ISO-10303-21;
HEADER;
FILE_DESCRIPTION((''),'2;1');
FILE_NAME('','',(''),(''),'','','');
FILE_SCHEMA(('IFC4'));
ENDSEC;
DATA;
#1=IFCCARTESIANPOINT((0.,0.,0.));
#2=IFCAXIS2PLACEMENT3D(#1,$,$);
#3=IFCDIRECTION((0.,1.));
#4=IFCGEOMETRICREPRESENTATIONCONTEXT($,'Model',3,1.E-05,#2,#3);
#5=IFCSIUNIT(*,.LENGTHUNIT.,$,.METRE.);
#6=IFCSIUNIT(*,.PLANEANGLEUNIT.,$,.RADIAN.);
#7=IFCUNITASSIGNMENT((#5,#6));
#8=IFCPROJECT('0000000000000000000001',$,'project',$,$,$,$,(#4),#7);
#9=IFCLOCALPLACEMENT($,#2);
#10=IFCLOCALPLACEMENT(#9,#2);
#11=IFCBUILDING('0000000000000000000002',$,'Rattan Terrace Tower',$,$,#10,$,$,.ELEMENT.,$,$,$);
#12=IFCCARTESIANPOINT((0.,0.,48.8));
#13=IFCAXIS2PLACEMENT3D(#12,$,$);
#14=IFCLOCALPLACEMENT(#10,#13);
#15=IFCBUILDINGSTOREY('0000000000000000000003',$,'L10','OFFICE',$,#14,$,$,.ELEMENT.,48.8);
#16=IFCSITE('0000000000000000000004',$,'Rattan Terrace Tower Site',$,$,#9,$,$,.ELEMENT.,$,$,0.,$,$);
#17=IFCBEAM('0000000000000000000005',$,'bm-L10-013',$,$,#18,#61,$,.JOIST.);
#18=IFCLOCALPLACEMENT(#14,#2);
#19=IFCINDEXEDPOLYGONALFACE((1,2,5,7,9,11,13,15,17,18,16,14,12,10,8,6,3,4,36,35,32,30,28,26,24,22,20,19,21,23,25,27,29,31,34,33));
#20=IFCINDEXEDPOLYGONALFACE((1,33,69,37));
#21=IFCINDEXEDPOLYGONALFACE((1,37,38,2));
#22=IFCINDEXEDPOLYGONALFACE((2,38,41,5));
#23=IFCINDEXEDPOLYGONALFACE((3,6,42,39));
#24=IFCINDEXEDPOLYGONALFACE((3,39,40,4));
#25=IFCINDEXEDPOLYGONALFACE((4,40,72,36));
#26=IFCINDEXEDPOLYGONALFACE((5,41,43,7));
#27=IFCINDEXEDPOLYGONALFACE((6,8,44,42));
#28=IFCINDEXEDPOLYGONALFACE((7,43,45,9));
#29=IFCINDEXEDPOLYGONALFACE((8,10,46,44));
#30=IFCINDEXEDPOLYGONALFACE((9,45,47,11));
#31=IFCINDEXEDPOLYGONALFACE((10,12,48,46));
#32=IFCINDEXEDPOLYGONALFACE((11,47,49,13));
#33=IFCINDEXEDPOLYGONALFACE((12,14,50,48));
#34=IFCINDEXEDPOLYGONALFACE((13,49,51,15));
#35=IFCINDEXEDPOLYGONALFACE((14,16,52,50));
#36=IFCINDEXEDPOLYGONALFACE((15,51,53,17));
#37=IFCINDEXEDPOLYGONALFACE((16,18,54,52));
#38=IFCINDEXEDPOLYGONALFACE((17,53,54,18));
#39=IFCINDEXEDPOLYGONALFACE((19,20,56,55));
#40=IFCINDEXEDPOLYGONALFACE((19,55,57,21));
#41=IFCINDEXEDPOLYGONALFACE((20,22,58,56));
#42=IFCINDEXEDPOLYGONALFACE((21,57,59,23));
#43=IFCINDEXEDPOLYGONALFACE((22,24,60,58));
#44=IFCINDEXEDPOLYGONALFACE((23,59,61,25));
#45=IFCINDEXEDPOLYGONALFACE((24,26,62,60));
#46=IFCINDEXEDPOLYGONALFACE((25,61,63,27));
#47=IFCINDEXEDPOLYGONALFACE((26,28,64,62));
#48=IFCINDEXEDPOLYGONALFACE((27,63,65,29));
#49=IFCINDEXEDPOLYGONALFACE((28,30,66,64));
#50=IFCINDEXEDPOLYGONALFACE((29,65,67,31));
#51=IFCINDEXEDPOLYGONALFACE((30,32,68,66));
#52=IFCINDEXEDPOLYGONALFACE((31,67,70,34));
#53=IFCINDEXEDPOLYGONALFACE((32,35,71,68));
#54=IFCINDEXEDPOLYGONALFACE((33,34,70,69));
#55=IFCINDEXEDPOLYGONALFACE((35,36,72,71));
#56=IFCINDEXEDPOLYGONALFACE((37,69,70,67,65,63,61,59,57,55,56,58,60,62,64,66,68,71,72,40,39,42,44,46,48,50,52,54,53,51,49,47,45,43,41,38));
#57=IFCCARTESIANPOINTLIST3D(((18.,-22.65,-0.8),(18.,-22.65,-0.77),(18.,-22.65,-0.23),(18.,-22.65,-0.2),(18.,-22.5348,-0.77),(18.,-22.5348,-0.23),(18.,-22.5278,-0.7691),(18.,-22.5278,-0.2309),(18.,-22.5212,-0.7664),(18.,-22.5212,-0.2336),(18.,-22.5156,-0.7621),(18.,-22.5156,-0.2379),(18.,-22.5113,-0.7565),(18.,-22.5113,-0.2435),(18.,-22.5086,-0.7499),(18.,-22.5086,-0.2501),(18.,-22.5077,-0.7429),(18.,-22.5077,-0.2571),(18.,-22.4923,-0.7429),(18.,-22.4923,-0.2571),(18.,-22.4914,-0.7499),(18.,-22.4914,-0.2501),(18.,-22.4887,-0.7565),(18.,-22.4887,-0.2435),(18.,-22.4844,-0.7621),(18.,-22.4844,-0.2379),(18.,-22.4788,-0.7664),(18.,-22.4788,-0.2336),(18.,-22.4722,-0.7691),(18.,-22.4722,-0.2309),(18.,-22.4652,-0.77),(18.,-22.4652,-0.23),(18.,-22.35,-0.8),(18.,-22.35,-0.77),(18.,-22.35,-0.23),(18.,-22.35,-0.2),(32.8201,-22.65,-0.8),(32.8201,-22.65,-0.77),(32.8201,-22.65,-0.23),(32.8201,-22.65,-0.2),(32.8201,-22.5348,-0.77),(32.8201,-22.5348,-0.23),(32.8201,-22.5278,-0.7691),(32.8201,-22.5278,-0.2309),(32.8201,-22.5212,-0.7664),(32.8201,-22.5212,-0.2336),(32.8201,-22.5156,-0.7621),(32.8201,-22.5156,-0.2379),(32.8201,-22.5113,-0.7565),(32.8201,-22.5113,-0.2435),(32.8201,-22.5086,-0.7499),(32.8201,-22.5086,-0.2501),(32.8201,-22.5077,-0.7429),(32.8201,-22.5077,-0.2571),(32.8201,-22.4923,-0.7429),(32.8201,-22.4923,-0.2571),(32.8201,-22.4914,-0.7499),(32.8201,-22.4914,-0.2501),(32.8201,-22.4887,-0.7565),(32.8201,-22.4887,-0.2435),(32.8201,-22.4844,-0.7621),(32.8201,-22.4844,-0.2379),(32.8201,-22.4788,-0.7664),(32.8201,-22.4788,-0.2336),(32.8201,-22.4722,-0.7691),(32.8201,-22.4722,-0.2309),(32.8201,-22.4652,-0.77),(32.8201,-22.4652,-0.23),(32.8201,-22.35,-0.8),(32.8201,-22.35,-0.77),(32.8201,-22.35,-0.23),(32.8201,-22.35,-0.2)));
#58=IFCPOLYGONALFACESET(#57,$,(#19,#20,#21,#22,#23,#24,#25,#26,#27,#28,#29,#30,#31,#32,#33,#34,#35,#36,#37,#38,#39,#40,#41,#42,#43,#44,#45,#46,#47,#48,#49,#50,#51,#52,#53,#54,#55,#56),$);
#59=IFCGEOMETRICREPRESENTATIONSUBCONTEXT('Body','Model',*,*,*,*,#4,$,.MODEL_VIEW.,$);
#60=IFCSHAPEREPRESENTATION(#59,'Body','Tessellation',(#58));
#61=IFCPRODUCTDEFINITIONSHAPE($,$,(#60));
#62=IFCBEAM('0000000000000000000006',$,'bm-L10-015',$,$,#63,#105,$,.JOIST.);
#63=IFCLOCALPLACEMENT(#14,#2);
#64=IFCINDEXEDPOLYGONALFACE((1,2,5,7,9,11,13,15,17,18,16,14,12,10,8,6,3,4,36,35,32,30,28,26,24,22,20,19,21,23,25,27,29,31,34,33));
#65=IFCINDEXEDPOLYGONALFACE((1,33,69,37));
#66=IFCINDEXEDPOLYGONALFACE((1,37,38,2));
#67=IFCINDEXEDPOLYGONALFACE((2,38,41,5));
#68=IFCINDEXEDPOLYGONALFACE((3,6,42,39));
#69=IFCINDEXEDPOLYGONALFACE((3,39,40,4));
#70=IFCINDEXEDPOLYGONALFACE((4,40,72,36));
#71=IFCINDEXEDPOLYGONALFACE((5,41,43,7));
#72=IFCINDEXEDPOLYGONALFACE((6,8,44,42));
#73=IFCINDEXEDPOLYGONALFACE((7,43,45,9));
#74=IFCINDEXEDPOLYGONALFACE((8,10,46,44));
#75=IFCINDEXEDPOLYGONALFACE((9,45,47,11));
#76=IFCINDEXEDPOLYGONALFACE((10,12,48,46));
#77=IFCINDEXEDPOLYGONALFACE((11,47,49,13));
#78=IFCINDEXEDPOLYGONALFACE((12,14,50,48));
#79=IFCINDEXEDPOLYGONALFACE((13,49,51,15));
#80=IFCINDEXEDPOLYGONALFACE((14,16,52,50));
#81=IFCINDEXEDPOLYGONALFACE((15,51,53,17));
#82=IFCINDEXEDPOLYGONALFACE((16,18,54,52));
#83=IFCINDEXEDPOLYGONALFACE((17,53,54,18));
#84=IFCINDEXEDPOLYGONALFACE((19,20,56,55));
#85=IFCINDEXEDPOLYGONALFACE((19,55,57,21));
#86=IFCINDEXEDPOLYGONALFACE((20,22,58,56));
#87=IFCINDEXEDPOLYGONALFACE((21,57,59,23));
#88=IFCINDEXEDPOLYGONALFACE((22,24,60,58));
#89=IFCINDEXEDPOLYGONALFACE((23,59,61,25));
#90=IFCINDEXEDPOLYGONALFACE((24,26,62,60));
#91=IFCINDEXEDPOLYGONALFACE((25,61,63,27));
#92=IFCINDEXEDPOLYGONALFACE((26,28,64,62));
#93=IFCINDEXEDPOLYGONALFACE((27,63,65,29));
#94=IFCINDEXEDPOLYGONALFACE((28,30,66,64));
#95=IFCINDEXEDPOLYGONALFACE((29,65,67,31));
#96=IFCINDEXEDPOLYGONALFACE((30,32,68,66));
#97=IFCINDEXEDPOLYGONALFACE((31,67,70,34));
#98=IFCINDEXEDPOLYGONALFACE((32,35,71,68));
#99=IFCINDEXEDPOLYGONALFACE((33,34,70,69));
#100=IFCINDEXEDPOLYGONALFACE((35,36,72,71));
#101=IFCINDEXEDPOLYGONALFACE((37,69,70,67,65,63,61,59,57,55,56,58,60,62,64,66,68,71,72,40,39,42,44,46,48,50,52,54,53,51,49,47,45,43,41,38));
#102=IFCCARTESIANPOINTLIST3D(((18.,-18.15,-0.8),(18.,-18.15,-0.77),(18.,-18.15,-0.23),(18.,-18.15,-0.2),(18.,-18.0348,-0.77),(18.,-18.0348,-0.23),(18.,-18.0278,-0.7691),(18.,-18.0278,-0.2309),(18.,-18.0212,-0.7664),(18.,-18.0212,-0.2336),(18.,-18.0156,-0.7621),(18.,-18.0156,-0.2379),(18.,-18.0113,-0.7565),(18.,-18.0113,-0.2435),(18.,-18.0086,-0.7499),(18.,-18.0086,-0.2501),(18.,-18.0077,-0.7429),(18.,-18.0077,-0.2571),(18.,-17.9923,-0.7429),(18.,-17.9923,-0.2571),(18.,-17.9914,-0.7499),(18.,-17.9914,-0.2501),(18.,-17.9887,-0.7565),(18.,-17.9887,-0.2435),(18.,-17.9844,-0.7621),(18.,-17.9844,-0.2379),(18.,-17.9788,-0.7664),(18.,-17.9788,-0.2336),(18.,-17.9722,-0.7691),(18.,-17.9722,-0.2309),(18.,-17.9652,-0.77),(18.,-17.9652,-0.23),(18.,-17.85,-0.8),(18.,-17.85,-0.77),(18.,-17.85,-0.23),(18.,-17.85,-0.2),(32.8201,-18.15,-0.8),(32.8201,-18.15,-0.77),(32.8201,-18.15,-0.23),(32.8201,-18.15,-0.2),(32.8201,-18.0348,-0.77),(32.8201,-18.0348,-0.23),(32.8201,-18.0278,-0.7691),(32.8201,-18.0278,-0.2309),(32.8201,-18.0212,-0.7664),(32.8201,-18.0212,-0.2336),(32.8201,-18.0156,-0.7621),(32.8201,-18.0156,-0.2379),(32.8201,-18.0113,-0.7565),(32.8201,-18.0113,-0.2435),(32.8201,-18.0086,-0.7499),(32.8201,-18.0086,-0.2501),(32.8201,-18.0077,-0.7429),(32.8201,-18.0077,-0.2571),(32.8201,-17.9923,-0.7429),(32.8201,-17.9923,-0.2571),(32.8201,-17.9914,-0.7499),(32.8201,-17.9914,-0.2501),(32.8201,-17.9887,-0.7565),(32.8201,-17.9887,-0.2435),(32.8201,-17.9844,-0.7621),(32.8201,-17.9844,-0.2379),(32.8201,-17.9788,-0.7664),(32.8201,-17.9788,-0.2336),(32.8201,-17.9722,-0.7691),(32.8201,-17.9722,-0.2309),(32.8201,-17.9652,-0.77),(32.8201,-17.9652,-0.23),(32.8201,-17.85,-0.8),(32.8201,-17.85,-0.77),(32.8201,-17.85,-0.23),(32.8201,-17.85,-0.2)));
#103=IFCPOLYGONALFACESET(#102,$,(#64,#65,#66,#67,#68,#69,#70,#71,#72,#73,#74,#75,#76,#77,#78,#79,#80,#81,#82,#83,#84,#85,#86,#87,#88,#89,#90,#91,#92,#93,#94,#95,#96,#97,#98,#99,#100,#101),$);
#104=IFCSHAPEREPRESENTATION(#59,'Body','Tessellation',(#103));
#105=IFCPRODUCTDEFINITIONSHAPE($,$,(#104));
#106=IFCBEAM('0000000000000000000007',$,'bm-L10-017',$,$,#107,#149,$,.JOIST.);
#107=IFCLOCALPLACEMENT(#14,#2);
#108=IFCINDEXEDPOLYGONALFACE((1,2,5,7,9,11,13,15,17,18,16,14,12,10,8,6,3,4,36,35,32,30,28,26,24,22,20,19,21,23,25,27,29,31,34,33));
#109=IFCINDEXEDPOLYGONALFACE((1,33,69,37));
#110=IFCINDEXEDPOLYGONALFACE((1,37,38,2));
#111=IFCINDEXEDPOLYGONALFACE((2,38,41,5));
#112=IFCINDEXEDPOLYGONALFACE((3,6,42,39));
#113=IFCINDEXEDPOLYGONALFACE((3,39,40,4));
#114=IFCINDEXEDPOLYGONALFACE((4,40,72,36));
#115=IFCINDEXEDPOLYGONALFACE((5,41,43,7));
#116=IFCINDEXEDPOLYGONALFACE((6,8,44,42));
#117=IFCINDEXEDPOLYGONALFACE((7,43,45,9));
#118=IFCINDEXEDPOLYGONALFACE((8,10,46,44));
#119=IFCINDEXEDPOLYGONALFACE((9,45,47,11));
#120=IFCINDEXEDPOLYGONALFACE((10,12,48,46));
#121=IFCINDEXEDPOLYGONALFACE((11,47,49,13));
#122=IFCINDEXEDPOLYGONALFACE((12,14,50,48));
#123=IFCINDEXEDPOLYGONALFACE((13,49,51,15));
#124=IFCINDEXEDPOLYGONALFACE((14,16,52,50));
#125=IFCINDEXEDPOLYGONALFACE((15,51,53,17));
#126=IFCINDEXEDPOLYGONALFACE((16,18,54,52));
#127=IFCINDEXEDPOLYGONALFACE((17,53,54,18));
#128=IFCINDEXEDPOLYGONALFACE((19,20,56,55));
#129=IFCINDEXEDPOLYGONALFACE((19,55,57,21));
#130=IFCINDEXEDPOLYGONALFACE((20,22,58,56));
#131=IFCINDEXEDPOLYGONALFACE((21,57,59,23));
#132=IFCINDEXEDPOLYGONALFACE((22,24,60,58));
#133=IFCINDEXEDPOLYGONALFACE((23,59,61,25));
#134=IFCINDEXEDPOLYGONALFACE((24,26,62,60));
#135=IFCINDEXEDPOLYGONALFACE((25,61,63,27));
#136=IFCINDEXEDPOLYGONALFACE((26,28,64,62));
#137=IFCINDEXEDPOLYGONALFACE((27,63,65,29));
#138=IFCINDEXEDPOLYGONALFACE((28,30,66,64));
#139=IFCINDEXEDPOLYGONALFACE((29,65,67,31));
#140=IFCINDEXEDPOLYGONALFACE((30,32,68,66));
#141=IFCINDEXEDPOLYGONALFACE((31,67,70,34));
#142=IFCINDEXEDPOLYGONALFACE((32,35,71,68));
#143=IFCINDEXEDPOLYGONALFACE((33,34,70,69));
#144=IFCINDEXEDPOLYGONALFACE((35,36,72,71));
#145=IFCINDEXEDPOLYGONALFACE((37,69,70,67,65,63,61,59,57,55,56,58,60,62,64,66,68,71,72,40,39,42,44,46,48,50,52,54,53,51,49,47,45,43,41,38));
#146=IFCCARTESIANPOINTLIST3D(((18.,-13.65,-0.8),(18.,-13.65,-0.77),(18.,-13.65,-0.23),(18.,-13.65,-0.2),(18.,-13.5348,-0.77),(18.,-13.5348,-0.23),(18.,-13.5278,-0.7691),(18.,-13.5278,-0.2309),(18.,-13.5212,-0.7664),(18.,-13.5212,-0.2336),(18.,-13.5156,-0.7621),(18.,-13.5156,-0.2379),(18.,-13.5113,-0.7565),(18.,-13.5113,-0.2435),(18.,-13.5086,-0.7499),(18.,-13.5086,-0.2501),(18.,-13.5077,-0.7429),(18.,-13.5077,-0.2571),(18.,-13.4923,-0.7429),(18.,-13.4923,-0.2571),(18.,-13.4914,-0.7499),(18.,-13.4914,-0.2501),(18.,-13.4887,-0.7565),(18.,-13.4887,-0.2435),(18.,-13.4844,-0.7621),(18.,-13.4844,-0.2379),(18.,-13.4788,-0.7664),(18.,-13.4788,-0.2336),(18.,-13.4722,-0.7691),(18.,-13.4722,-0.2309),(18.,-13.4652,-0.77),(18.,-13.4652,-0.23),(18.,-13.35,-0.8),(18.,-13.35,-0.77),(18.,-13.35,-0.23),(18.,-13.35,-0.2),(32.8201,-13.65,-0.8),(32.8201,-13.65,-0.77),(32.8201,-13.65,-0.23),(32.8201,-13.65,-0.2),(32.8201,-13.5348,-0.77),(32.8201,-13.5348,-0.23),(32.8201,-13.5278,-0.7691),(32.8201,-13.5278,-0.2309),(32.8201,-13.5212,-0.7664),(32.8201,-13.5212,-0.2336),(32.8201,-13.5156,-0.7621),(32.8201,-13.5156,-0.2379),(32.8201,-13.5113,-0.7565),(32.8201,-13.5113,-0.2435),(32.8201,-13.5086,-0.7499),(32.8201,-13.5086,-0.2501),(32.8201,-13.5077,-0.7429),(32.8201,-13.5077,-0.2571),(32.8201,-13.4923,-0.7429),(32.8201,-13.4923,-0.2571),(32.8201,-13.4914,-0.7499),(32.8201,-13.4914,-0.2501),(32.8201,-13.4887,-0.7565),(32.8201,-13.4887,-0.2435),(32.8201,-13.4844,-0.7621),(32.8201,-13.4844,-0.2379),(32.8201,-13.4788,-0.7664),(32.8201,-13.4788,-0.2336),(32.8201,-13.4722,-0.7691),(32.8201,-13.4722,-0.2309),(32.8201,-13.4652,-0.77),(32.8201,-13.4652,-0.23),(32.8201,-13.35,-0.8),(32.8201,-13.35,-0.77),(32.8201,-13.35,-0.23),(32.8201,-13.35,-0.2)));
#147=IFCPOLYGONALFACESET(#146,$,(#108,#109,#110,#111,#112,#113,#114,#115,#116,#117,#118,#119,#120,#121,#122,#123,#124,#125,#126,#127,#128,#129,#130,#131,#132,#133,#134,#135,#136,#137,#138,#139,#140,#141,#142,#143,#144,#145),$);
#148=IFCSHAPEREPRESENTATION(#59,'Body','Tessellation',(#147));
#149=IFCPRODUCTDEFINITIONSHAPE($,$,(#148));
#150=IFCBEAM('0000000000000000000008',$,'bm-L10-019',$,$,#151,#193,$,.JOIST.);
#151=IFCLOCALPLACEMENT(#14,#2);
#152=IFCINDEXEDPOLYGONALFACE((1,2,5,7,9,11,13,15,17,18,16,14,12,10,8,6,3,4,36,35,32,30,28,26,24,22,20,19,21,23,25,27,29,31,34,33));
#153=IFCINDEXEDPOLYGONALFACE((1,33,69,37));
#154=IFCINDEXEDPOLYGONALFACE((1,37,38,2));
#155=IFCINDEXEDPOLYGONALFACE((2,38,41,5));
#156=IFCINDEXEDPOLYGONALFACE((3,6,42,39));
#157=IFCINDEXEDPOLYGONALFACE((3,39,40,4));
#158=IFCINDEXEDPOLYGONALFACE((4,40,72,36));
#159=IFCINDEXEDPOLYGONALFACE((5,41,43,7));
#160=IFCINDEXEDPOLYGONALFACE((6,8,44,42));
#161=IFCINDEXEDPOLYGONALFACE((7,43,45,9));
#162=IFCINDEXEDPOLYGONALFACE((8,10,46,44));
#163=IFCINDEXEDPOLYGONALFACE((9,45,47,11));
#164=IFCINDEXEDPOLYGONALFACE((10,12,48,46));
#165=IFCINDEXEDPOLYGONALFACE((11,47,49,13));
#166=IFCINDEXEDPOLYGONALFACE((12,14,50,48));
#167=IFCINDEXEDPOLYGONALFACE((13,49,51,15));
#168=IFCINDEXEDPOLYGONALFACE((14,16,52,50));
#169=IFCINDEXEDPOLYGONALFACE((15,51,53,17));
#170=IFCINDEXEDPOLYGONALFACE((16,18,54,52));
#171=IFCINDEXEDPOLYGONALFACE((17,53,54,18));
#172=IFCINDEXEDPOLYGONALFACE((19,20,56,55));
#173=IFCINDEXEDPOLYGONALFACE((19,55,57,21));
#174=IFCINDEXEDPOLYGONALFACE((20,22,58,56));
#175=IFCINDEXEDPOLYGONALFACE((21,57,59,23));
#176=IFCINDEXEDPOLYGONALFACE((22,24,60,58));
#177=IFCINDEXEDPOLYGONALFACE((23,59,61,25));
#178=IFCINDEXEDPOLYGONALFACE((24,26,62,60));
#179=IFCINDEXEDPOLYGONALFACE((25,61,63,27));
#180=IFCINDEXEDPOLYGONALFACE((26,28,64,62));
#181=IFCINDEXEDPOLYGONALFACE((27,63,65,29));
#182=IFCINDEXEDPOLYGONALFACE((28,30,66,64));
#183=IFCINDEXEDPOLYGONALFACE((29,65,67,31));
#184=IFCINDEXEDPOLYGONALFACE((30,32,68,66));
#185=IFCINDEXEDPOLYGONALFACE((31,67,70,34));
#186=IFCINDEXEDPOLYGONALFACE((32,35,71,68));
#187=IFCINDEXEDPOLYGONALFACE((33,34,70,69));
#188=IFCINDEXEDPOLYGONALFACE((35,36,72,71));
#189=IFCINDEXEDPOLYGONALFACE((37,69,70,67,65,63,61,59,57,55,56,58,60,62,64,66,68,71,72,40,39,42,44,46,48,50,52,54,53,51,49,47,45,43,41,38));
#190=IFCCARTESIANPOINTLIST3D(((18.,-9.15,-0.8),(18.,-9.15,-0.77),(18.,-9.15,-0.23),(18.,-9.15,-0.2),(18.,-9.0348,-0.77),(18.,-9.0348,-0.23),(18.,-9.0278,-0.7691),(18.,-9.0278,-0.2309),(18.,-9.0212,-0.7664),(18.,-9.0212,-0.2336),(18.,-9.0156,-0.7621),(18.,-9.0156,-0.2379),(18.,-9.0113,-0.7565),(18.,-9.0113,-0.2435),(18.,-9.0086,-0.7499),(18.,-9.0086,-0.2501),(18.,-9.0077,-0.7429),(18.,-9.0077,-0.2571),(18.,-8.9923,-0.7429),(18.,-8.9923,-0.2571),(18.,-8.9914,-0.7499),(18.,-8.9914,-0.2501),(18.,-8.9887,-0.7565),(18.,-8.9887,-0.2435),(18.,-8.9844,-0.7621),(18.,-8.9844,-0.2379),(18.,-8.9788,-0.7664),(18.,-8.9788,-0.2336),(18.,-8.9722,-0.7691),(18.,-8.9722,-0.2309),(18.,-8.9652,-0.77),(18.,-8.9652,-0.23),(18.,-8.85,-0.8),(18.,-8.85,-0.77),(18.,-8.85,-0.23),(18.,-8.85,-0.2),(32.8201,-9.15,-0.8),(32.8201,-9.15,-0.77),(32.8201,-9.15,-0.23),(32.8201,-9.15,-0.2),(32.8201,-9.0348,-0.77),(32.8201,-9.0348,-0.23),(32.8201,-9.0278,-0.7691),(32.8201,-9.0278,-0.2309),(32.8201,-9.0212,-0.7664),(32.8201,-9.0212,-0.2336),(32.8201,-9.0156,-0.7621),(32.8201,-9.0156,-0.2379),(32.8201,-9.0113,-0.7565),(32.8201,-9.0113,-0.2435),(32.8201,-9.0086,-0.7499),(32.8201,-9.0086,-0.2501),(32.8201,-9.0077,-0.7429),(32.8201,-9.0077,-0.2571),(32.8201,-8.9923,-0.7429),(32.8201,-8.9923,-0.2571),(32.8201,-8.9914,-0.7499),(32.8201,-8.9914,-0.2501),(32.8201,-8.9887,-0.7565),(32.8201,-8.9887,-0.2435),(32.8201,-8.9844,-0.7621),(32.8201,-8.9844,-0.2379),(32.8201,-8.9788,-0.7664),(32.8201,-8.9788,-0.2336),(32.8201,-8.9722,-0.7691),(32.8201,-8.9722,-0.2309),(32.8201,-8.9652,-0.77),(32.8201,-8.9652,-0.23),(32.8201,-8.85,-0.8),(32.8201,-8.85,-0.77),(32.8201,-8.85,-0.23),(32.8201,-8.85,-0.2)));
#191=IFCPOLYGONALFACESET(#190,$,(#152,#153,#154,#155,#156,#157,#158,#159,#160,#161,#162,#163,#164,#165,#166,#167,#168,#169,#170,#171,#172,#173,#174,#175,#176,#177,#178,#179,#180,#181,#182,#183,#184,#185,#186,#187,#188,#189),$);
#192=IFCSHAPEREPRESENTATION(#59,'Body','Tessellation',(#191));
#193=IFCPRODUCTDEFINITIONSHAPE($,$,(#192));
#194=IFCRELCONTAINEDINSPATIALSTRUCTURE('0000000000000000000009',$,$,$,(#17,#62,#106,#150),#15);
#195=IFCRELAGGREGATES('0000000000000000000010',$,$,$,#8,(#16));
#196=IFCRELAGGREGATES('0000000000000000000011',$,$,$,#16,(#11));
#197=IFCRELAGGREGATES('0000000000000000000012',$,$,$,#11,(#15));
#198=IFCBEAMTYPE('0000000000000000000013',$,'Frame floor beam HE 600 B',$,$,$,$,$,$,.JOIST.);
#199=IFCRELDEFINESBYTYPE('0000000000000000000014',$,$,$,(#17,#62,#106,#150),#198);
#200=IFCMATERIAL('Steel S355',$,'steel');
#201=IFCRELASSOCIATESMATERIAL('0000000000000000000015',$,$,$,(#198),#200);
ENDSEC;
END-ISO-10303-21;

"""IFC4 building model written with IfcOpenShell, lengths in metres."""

from ifc_helpers import new_model, si_unit, direction, frame, origin, origin_2d, place, context, subcontext, project, spatial, i_section, extrude, material, material_profile, profile_set, type_object, element, save


model = new_model("IFC4")

# Units and contexts
model_context = context("Model", 3, precision=1e-05, world=origin(), true_north=direction((0.0, 1.0)))
body_context = subcontext(model_context, "Body", "Model", "MODEL_VIEW")
ifc_project = project(units=[si_unit("LENGTHUNIT", "METRE"), si_unit("PLANEANGLEUNIT", "RADIAN")], contexts=[model_context])

# Site, building, storey
site_placement = place(None, origin())
site = spatial("IfcSite", under=ifc_project, at=site_placement, Name="Rattan Terrace Tower Site", CompositionType="ELEMENT", RefElevation=0.0)
building_placement = place(site_placement, origin())
building = spatial("IfcBuilding", under=site, at=building_placement, Name="Rattan Terrace Tower", CompositionType="ELEMENT")
storey_placement = place(building_placement, frame((0.0, 0.0, 48.8)))
storey = spatial("IfcBuildingStorey", under=building, at=storey_placement, Name="L10", Description="OFFICE", CompositionType="ELEMENT", Elevation=48.8)

# Beams
ifc_material_1 = material(Name="Steel S355", Category="steel")
ifc_material_profile = material_profile(ifc_material_1, i_section(OverallWidth=0.3, OverallDepth=0.6001, WebThickness=0.0154, FlangeThickness=0.03, FilletRadius=0.0271, at=origin_2d()), Name="HE 600 B")
ifc_profile_set = profile_set([ifc_material_profile], Name="Steel S355")
beam_type = type_object("IfcBeamType", Name="Frame floor beam HE 600 B", PredefinedType="JOIST", material=ifc_profile_set)
for number, where, z_axis, x_axis, name in (
    (1, (18.0, -22.5, -0.5), (1.0, 0.0, 0.0), (0.0, 1.0, 0.0), "bm-L10-013"),
    (2, (18.0, -18.0, -0.5), (1.0, 0.0, 0.0), (0.0, 1.0, 0.0), "bm-L10-015"),
    (3, (18.0, -13.5, -0.5), (1.0, 0.0, 0.0), (0.0, 1.0, 0.0), "bm-L10-017"),
    (4, (18.0, -9.0, -0.5), (1.0, 0.0, 0.0), (0.0, 1.0, 0.0), "bm-L10-019"),
):
    element("IfcBeam", number, at=place(storey_placement, frame(where, z_axis=z_axis, x_axis=x_axis)), inside=storey, type_object=beam_type, Name=name, PredefinedType="JOIST", context=body_context, shape_type="SweptSolid", body=[
        extrude(i_section(OverallWidth=0.3, OverallDepth=0.6001, WebThickness=0.0154, FlangeThickness=0.03, FilletRadius=0.0271, at=origin_2d()), origin(), (0.0, 0.0, 1.0), 14.8201),
    ])

save(model, "model.ifc")
